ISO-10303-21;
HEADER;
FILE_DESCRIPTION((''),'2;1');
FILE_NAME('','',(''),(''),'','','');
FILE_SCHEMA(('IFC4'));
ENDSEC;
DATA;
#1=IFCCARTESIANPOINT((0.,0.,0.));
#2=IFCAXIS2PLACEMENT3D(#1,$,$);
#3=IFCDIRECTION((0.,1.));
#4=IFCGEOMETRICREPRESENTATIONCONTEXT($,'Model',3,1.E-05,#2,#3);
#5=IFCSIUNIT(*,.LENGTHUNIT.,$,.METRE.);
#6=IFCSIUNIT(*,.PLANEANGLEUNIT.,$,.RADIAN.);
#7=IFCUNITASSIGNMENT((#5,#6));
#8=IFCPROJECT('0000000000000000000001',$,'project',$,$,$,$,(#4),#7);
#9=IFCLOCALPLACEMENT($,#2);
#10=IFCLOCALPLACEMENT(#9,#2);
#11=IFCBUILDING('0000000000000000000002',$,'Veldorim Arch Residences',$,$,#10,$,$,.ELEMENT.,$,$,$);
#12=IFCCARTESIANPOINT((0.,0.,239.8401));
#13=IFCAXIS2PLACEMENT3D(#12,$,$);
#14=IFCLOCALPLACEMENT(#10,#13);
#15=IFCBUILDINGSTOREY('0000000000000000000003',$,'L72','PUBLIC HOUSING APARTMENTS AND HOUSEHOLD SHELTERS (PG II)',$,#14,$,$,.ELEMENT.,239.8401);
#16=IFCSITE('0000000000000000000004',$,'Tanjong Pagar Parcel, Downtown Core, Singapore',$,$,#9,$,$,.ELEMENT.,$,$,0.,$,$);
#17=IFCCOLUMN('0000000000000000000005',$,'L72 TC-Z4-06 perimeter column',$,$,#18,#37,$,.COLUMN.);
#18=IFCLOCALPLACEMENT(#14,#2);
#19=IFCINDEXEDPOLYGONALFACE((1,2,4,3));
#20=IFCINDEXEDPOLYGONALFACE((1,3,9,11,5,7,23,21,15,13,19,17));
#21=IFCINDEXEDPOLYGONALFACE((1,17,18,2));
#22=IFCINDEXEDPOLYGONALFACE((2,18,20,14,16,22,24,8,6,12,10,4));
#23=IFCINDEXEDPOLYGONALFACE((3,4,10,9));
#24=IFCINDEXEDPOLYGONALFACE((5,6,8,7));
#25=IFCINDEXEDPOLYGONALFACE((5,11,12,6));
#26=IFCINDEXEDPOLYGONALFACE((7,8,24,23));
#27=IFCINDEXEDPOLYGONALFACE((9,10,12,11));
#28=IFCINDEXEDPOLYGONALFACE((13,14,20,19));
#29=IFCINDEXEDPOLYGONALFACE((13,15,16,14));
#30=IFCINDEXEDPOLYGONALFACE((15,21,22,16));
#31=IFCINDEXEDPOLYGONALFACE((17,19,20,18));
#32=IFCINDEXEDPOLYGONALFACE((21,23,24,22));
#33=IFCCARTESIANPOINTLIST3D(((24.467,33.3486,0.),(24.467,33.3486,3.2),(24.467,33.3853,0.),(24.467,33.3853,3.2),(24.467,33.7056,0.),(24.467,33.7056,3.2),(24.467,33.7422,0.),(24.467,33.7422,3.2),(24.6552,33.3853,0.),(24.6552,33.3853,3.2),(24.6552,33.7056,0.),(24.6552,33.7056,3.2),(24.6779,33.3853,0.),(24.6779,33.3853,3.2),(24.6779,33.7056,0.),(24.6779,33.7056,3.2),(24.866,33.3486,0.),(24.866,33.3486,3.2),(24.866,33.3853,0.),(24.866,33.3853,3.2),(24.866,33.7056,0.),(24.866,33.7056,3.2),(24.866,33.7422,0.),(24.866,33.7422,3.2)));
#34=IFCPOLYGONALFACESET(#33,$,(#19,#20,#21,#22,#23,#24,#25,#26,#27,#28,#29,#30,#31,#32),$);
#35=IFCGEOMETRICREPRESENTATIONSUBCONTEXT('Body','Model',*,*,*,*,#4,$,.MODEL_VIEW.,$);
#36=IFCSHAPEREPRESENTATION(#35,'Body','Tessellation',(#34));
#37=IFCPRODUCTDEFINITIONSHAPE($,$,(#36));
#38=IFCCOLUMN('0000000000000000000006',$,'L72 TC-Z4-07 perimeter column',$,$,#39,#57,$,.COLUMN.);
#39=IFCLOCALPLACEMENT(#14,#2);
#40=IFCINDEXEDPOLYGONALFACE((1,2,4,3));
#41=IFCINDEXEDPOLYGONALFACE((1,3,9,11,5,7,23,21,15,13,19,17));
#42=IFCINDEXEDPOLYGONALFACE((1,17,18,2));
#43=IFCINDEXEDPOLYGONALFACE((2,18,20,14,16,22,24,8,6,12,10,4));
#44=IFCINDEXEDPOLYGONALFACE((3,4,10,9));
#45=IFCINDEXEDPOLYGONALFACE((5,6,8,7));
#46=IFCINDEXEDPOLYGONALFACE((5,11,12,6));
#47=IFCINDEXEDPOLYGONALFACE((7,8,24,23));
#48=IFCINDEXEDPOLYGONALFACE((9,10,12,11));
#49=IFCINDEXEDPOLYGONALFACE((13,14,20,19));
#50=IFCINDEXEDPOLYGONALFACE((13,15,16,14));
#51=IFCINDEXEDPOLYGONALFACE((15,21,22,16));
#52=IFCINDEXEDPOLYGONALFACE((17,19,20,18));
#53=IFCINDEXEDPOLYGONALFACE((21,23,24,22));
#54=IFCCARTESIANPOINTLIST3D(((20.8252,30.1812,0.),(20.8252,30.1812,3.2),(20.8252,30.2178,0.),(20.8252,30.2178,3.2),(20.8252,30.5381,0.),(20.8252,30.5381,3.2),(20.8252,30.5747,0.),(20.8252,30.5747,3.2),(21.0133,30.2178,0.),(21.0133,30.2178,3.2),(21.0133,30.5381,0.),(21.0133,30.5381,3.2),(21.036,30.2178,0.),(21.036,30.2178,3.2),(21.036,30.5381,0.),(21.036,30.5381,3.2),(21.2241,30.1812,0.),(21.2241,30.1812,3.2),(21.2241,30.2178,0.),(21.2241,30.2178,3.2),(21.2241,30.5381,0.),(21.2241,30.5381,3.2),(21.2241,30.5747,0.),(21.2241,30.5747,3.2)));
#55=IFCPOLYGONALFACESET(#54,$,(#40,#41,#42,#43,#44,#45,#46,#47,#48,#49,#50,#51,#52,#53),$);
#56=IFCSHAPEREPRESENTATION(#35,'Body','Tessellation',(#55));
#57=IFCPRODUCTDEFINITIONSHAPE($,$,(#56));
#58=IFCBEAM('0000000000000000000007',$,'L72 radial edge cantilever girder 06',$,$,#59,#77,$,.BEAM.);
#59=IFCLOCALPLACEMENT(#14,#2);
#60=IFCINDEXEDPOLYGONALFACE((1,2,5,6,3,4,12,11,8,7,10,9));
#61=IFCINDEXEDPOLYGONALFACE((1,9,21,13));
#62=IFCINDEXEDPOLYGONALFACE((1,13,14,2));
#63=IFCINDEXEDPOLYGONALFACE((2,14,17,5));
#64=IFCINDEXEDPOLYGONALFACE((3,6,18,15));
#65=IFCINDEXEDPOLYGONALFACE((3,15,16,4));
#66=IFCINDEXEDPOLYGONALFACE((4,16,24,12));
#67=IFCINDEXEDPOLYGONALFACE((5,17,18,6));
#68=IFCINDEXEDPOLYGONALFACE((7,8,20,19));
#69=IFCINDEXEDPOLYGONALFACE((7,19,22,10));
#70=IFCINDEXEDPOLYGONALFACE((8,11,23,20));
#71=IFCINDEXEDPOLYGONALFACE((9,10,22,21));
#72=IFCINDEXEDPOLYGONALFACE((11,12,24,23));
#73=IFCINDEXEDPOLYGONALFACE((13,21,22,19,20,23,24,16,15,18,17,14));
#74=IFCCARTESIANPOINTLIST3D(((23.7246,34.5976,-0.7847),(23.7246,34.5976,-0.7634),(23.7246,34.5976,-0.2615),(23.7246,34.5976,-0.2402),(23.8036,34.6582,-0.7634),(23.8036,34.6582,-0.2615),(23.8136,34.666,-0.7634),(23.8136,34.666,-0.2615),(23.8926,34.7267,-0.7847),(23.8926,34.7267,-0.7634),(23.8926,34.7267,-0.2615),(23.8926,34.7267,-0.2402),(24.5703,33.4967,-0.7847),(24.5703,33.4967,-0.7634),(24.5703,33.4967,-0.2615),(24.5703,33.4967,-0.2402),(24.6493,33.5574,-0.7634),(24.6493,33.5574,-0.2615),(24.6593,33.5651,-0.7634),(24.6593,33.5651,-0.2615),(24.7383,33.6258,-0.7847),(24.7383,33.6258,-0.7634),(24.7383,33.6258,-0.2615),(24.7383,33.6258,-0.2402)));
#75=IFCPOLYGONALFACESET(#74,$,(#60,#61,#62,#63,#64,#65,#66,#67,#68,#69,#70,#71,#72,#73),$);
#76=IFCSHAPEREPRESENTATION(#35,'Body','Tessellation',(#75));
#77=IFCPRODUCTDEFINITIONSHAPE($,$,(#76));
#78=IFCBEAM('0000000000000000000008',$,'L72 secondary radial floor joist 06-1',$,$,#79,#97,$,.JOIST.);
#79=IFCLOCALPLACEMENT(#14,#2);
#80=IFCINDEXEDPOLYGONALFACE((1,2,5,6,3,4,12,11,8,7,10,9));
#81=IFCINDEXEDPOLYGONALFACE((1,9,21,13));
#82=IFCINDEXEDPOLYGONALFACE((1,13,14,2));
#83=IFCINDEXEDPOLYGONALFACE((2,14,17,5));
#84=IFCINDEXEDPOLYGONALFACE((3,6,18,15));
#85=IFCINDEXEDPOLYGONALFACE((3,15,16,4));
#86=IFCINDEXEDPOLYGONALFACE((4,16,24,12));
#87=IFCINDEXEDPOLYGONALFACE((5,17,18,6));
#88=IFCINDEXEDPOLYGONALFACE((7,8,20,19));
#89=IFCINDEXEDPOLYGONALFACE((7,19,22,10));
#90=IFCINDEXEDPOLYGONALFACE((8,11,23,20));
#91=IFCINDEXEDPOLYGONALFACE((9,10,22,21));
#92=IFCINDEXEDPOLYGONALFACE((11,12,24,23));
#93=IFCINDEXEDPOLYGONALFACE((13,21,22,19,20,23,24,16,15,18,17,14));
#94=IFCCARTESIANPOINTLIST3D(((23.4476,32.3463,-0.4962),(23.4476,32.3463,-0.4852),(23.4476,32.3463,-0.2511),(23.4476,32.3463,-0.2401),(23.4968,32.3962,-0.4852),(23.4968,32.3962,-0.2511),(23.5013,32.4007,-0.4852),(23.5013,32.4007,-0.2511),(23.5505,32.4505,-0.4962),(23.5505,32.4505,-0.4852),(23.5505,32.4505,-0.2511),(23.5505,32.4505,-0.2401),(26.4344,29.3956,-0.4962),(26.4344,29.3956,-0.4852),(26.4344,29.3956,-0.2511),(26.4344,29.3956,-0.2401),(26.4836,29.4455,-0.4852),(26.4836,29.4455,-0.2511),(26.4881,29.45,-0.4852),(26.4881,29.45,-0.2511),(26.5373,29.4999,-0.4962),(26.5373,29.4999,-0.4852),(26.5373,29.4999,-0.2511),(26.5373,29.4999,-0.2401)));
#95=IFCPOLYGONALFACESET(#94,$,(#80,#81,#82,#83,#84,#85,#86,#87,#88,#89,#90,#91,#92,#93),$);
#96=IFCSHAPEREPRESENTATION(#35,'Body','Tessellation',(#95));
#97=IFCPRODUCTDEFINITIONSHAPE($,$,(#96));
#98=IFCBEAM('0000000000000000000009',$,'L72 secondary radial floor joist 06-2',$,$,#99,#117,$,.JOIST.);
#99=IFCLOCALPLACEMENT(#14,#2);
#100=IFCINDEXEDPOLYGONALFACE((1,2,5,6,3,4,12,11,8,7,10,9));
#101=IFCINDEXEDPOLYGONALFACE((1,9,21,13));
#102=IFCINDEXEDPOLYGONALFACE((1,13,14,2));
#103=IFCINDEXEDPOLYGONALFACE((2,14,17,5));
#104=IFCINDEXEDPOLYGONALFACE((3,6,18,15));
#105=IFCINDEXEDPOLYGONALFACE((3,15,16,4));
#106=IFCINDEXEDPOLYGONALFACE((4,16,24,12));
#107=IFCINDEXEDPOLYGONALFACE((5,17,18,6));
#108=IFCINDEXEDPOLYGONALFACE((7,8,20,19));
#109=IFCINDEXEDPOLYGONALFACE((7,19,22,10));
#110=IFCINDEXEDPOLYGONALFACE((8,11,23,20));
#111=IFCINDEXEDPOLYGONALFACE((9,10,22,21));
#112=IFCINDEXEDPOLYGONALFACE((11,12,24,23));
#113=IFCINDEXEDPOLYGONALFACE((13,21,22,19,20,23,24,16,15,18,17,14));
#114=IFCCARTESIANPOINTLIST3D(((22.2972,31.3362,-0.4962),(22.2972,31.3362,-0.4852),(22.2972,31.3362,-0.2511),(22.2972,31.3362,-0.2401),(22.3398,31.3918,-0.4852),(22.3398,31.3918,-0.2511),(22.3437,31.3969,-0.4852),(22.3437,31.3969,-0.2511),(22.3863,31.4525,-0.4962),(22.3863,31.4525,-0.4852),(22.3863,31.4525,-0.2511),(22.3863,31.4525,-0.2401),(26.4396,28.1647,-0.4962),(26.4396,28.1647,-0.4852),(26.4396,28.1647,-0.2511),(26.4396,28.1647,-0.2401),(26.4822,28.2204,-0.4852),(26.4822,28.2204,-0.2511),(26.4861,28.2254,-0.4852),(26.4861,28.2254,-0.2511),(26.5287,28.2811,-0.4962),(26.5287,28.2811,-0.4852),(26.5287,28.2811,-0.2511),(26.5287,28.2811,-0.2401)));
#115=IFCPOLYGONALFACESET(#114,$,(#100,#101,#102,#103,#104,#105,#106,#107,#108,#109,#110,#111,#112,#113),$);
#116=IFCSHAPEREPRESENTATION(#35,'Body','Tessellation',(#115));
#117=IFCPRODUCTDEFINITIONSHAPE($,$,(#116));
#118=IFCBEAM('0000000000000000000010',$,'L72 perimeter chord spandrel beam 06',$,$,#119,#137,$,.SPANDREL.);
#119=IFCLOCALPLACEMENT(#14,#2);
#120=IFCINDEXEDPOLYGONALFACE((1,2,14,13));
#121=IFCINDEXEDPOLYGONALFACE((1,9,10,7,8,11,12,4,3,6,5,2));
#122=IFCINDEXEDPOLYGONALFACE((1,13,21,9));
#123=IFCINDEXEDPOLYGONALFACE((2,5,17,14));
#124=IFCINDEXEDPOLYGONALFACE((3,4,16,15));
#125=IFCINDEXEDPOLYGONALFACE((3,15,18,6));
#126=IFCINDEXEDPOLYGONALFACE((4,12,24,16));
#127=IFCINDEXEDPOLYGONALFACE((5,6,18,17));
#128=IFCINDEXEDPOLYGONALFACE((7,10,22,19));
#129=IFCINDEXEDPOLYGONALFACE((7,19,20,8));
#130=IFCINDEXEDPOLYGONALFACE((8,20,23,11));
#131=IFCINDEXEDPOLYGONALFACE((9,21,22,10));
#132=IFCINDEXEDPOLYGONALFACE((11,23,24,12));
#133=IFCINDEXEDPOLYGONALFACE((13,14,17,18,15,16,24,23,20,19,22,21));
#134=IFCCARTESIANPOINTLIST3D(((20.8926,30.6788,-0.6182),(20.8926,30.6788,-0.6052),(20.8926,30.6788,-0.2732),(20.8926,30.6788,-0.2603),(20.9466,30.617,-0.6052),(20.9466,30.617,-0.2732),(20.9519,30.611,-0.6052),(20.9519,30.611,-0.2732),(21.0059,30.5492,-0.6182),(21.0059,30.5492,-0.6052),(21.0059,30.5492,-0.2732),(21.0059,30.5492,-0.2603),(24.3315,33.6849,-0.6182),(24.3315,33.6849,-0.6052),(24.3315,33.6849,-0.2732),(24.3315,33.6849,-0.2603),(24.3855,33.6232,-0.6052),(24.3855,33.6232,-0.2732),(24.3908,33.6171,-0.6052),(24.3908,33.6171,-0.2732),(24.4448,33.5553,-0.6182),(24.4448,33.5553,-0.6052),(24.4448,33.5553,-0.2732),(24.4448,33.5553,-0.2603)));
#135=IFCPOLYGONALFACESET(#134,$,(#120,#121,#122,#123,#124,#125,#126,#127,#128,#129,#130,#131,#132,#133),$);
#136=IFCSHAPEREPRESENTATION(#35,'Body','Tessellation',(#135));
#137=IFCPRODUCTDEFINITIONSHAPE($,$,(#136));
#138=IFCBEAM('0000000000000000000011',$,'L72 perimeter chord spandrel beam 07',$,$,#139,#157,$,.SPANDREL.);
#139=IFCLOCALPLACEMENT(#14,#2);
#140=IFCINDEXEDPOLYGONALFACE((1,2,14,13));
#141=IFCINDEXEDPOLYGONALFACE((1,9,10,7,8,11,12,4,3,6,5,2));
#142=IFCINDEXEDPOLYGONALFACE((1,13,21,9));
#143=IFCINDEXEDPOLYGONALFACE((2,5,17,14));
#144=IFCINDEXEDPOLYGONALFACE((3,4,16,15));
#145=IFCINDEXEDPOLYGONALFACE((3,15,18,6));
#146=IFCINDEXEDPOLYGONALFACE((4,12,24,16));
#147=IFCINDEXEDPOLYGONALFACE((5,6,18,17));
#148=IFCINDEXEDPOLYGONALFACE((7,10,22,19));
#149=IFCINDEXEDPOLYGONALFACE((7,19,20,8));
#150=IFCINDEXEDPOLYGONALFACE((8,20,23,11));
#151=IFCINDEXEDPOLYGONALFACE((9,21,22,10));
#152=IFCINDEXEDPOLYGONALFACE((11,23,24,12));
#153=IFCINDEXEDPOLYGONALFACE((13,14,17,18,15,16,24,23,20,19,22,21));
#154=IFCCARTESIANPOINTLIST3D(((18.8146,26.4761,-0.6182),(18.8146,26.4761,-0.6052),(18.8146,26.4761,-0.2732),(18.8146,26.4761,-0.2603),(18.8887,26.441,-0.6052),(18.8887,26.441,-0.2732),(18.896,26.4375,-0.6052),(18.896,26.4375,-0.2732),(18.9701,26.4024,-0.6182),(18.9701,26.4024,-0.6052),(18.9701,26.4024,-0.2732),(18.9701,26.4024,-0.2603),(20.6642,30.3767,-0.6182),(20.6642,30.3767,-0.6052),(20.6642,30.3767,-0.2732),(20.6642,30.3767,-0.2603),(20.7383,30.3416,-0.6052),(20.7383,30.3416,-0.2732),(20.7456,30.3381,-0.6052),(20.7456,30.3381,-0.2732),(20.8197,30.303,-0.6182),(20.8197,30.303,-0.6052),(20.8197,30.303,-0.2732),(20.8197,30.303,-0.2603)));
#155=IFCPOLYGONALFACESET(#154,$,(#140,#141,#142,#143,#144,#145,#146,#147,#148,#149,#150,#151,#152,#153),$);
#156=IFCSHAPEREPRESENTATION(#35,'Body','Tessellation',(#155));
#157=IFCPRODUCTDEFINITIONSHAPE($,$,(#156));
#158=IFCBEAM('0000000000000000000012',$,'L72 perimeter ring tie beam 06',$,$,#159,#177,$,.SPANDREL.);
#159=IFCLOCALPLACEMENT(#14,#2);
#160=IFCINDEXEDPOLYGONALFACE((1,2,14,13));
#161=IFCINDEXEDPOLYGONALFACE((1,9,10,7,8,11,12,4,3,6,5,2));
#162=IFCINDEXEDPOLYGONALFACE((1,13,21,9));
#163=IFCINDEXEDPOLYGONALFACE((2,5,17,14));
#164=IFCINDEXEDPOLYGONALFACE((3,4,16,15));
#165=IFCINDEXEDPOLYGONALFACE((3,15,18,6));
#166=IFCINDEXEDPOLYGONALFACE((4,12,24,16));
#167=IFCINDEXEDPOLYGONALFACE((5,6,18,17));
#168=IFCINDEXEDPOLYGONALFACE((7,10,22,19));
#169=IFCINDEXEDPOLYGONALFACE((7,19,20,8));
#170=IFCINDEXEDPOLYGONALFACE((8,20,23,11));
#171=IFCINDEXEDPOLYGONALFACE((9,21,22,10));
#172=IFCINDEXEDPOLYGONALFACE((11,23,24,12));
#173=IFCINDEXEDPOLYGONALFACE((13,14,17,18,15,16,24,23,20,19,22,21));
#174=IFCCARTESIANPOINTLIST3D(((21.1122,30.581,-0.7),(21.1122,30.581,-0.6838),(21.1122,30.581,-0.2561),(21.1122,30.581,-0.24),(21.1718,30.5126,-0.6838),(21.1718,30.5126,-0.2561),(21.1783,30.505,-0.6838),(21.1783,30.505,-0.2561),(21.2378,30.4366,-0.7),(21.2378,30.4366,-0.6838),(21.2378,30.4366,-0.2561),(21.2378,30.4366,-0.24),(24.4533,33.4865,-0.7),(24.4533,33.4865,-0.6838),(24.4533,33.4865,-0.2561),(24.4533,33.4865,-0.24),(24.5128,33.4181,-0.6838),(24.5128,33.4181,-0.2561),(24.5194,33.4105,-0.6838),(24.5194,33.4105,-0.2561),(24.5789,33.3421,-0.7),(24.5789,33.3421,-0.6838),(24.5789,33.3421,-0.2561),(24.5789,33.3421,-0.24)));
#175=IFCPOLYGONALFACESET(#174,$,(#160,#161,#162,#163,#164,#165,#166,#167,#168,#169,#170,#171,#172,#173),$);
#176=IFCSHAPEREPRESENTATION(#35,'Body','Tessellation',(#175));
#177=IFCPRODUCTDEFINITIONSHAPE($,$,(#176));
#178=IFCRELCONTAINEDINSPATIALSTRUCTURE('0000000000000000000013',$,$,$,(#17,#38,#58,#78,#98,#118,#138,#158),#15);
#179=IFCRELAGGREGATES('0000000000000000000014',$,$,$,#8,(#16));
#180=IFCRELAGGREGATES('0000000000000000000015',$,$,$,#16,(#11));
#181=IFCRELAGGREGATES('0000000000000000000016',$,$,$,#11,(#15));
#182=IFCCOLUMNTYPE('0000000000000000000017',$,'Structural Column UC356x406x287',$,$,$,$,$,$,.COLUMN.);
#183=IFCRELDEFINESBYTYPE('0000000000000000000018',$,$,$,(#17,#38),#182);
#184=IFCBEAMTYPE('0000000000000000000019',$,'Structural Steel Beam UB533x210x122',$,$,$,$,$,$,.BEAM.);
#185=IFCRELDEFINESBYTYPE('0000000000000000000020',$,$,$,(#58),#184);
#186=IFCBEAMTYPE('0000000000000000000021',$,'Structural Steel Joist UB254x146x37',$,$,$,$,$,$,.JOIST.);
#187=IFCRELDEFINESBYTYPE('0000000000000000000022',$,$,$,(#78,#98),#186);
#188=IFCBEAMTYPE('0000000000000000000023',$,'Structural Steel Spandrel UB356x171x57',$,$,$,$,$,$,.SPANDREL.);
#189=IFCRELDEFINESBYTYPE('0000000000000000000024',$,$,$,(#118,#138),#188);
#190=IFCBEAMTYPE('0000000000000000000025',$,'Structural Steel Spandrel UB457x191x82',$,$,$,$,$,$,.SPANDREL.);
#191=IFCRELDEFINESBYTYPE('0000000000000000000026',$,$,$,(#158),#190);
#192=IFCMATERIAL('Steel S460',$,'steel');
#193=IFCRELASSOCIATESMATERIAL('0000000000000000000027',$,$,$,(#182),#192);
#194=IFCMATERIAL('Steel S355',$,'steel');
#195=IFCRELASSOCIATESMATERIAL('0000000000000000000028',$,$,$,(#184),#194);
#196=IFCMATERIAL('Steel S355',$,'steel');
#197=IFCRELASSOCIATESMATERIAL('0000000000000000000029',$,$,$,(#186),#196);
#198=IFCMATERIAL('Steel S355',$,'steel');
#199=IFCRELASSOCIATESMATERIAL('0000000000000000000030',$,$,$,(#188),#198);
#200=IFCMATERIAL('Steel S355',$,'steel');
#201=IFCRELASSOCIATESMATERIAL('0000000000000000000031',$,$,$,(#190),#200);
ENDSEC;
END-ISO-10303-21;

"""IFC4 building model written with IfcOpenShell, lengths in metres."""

from ifc_helpers import new_model, si_unit, direction, frame, origin, origin_2d, place, context, subcontext, project, spatial, i_section, extrude, material, material_profile, profile_set, type_object, element, save


model = new_model("IFC4")

# Units and contexts
model_context = context("Model", 3, precision=1e-05, world=origin(), true_north=direction((0.0, 1.0)))
body_context = subcontext(model_context, "Body", "Model", "MODEL_VIEW")
ifc_project = project(units=[si_unit("LENGTHUNIT", "METRE"), si_unit("PLANEANGLEUNIT", "RADIAN")], contexts=[model_context])

# Site, building, storey
site_placement = place(None, origin())
site = spatial("IfcSite", under=ifc_project, at=site_placement, Name="Tanjong Pagar Parcel, Downtown Core, Singapore", CompositionType="ELEMENT", RefElevation=0.0)
building_placement = place(site_placement, origin())
building = spatial("IfcBuilding", under=site, at=building_placement, Name="Veldorim Arch Residences", CompositionType="ELEMENT")
storey_placement = place(building_placement, frame((0.0, 0.0, 239.8401)))
storey = spatial("IfcBuildingStorey", under=building, at=storey_placement, Name="L72", Description="PUBLIC HOUSING APARTMENTS AND HOUSEHOLD SHELTERS (PG II)", CompositionType="ELEMENT", Elevation=239.8401)

# Columns
ifc_material_1 = material(Name="Steel S460", Category="steel")
ifc_material_profile_1 = material_profile(ifc_material_1, i_section(OverallWidth=0.3989, OverallDepth=0.3936, WebThickness=0.0227, FlangeThickness=0.0366, at=origin_2d()), Name="UC356x406x287")
ifc_profile_set_1 = profile_set([ifc_material_profile_1], Name="Steel S460")
column_type = type_object("IfcColumnType", Name="Structural Column UC356x406x287", PredefinedType="COLUMN", material=ifc_profile_set_1)
for number, where, z_axis, x_axis, name in (
    (1, (24.6665, 33.5454, 0.0), (0.0, 0.0, 1.0), (1.0, 0.0, 0.0), "L72 TC-Z4-06 perimeter column"),
    (2, (21.0247, 30.3779, 0.0), (0.0, 0.0, 1.0), (1.0, 0.0, 0.0), "L72 TC-Z4-07 perimeter column"),
):
    element("IfcColumn", number, at=place(storey_placement, frame(where, z_axis=z_axis, x_axis=x_axis)), inside=storey, type_object=column_type, Name=name, PredefinedType="COLUMN", context=body_context, shape_type="SweptSolid", body=[
        extrude(i_section(OverallWidth=0.3989, OverallDepth=0.3936, WebThickness=0.0227, FlangeThickness=0.0366, at=origin_2d()), origin(), (0.0, 0.0, 1.0), 3.2),
    ])

# Beams
ifc_material_2 = material(Name="Steel S355", Category="steel")
ifc_material_profile_2 = material_profile(ifc_material_2, i_section(OverallWidth=0.2119, OverallDepth=0.5444, WebThickness=0.0127, FlangeThickness=0.0212, at=origin_2d()), Name="UB533x210x122")
ifc_profile_set_2 = profile_set([ifc_material_profile_2], Name="Steel S355")
beam_type_1 = type_object("IfcBeamType", Name="Structural Steel Beam UB533x210x122", PredefinedType="BEAM", material=ifc_profile_set_2)
beam_1_placement = place(storey_placement, frame((24.6543, 33.5613, -0.5125), z_axis=(-0.609218, 0.793003, 0.0), x_axis=(-0.793003, -0.609218, 0.0)))
element("IfcBeam", 3, at=beam_1_placement, inside=storey, type_object=beam_type_1, Name="L72 radial edge cantilever girder 06", PredefinedType="BEAM", context=body_context, shape_type="SweptSolid", body=[
    extrude(i_section(OverallWidth=0.2119, OverallDepth=0.5444, WebThickness=0.0127, FlangeThickness=0.0212, at=origin_2d()), origin(), (0.0, 0.0, 1.0), 1.3882),
])
ifc_material_3 = material(Name="Steel S355", Category="steel")
ifc_material_profile_3 = material_profile(ifc_material_3, i_section(OverallWidth=0.1465, OverallDepth=0.2561, WebThickness=0.0063, FlangeThickness=0.011, at=origin_2d()), Name="UB254x146x37")
ifc_profile_set_3 = profile_set([ifc_material_profile_3], Name="Steel S355")
beam_type_2 = type_object("IfcBeamType", Name="Structural Steel Joist UB254x146x37", PredefinedType="JOIST", material=ifc_profile_set_3)
beam_2_placement = place(storey_placement, frame((26.4858, 29.4478, -0.3682), z_axis=(-0.711397, 0.702791, 0.0), x_axis=(-0.702791, -0.711397, 0.0)))
element("IfcBeam", 4, at=beam_2_placement, inside=storey, type_object=beam_type_2, Name="L72 secondary radial floor joist 06-1", PredefinedType="JOIST", context=body_context, shape_type="SweptSolid", body=[
    extrude(i_section(OverallWidth=0.1465, OverallDepth=0.2561, WebThickness=0.0063, FlangeThickness=0.011, at=origin_2d()), origin(), (0.0, 0.0, 1.0), 4.1985),
])
beam_3_placement = place(storey_placement, frame((26.4841, 28.2229, -0.3682), z_axis=(-0.794014, 0.6079, 0.0), x_axis=(-0.6079, -0.794014, 0.0)))
element("IfcBeam", 5, at=beam_3_placement, inside=storey, type_object=beam_type_2, Name="L72 secondary radial floor joist 06-2", PredefinedType="JOIST", context=body_context, shape_type="SweptSolid", body=[
    extrude(i_section(OverallWidth=0.1465, OverallDepth=0.2561, WebThickness=0.0063, FlangeThickness=0.011, at=origin_2d()), origin(), (0.0, 0.0, 1.0), 5.217),
])
ifc_material_4 = material(Name="Steel S355", Category="steel")
ifc_material_profile_4 = material_profile(ifc_material_4, i_section(OverallWidth=0.1721, OverallDepth=0.3579, WebThickness=0.0081, FlangeThickness=0.0129, at=origin_2d()), Name="UB356x171x57")
ifc_profile_set_4 = profile_set([ifc_material_profile_4], Name="Steel S355")
beam_type_3 = type_object("IfcBeamType", Name="Structural Steel Spandrel UB356x171x57", PredefinedType="SPANDREL", material=ifc_profile_set_4)
beam_4_placement = place(storey_placement, frame((24.3882, 33.6201, -0.4392), z_axis=(-0.752901, -0.658134, 0.0), x_axis=(0.658134, -0.752901, 0.0)))
element("IfcBeam", 6, at=beam_4_placement, inside=storey, type_object=beam_type_3, Name="L72 perimeter chord spandrel beam 06", PredefinedType="SPANDREL", context=body_context, shape_type="SweptSolid", body=[
    extrude(i_section(OverallWidth=0.1721, OverallDepth=0.3579, WebThickness=0.0081, FlangeThickness=0.0129, at=origin_2d()), origin(), (0.0, 0.0, 1.0), 4.5676),
])
beam_5_placement = place(storey_placement, frame((20.7419, 30.3398, -0.4392), z_axis=(-0.428453, -0.903564, 0.0), x_axis=(0.903564, -0.428453, 0.0)))
element("IfcBeam", 7, at=beam_5_placement, inside=storey, type_object=beam_type_3, Name="L72 perimeter chord spandrel beam 07", PredefinedType="SPANDREL", context=body_context, shape_type="SweptSolid", body=[
    extrude(i_section(OverallWidth=0.1721, OverallDepth=0.3579, WebThickness=0.0081, FlangeThickness=0.0129, at=origin_2d()), origin(), (0.0, 0.0, 1.0), 4.3169),
])
ifc_material_5 = material(Name="Steel S355", Category="steel")
ifc_material_profile_5 = material_profile(ifc_material_5, i_section(OverallWidth=0.1914, OverallDepth=0.46, WebThickness=0.01, FlangeThickness=0.0161, at=origin_2d()), Name="UB457x191x82")
ifc_profile_set_5 = profile_set([ifc_material_profile_5], Name="Steel S355")
beam_type_4 = type_object("IfcBeamType", Name="Structural Steel Spandrel UB457x191x82", PredefinedType="SPANDREL", material=ifc_profile_set_5)
beam_6_placement = place(storey_placement, frame((24.5161, 33.4143, -0.47), z_axis=(-0.754578, -0.65621, 0.0), x_axis=(0.65621, -0.754578, 0.0)))
element("IfcBeam", 8, at=beam_6_placement, inside=storey, type_object=beam_type_4, Name="L72 perimeter ring tie beam 06", PredefinedType="SPANDREL", context=body_context, shape_type="SweptSolid", body=[
    extrude(i_section(OverallWidth=0.1914, OverallDepth=0.46, WebThickness=0.01, FlangeThickness=0.0161, at=origin_2d()), origin(), (0.0, 0.0, 1.0), 4.4277),
])

save(model, "model.ifc")
